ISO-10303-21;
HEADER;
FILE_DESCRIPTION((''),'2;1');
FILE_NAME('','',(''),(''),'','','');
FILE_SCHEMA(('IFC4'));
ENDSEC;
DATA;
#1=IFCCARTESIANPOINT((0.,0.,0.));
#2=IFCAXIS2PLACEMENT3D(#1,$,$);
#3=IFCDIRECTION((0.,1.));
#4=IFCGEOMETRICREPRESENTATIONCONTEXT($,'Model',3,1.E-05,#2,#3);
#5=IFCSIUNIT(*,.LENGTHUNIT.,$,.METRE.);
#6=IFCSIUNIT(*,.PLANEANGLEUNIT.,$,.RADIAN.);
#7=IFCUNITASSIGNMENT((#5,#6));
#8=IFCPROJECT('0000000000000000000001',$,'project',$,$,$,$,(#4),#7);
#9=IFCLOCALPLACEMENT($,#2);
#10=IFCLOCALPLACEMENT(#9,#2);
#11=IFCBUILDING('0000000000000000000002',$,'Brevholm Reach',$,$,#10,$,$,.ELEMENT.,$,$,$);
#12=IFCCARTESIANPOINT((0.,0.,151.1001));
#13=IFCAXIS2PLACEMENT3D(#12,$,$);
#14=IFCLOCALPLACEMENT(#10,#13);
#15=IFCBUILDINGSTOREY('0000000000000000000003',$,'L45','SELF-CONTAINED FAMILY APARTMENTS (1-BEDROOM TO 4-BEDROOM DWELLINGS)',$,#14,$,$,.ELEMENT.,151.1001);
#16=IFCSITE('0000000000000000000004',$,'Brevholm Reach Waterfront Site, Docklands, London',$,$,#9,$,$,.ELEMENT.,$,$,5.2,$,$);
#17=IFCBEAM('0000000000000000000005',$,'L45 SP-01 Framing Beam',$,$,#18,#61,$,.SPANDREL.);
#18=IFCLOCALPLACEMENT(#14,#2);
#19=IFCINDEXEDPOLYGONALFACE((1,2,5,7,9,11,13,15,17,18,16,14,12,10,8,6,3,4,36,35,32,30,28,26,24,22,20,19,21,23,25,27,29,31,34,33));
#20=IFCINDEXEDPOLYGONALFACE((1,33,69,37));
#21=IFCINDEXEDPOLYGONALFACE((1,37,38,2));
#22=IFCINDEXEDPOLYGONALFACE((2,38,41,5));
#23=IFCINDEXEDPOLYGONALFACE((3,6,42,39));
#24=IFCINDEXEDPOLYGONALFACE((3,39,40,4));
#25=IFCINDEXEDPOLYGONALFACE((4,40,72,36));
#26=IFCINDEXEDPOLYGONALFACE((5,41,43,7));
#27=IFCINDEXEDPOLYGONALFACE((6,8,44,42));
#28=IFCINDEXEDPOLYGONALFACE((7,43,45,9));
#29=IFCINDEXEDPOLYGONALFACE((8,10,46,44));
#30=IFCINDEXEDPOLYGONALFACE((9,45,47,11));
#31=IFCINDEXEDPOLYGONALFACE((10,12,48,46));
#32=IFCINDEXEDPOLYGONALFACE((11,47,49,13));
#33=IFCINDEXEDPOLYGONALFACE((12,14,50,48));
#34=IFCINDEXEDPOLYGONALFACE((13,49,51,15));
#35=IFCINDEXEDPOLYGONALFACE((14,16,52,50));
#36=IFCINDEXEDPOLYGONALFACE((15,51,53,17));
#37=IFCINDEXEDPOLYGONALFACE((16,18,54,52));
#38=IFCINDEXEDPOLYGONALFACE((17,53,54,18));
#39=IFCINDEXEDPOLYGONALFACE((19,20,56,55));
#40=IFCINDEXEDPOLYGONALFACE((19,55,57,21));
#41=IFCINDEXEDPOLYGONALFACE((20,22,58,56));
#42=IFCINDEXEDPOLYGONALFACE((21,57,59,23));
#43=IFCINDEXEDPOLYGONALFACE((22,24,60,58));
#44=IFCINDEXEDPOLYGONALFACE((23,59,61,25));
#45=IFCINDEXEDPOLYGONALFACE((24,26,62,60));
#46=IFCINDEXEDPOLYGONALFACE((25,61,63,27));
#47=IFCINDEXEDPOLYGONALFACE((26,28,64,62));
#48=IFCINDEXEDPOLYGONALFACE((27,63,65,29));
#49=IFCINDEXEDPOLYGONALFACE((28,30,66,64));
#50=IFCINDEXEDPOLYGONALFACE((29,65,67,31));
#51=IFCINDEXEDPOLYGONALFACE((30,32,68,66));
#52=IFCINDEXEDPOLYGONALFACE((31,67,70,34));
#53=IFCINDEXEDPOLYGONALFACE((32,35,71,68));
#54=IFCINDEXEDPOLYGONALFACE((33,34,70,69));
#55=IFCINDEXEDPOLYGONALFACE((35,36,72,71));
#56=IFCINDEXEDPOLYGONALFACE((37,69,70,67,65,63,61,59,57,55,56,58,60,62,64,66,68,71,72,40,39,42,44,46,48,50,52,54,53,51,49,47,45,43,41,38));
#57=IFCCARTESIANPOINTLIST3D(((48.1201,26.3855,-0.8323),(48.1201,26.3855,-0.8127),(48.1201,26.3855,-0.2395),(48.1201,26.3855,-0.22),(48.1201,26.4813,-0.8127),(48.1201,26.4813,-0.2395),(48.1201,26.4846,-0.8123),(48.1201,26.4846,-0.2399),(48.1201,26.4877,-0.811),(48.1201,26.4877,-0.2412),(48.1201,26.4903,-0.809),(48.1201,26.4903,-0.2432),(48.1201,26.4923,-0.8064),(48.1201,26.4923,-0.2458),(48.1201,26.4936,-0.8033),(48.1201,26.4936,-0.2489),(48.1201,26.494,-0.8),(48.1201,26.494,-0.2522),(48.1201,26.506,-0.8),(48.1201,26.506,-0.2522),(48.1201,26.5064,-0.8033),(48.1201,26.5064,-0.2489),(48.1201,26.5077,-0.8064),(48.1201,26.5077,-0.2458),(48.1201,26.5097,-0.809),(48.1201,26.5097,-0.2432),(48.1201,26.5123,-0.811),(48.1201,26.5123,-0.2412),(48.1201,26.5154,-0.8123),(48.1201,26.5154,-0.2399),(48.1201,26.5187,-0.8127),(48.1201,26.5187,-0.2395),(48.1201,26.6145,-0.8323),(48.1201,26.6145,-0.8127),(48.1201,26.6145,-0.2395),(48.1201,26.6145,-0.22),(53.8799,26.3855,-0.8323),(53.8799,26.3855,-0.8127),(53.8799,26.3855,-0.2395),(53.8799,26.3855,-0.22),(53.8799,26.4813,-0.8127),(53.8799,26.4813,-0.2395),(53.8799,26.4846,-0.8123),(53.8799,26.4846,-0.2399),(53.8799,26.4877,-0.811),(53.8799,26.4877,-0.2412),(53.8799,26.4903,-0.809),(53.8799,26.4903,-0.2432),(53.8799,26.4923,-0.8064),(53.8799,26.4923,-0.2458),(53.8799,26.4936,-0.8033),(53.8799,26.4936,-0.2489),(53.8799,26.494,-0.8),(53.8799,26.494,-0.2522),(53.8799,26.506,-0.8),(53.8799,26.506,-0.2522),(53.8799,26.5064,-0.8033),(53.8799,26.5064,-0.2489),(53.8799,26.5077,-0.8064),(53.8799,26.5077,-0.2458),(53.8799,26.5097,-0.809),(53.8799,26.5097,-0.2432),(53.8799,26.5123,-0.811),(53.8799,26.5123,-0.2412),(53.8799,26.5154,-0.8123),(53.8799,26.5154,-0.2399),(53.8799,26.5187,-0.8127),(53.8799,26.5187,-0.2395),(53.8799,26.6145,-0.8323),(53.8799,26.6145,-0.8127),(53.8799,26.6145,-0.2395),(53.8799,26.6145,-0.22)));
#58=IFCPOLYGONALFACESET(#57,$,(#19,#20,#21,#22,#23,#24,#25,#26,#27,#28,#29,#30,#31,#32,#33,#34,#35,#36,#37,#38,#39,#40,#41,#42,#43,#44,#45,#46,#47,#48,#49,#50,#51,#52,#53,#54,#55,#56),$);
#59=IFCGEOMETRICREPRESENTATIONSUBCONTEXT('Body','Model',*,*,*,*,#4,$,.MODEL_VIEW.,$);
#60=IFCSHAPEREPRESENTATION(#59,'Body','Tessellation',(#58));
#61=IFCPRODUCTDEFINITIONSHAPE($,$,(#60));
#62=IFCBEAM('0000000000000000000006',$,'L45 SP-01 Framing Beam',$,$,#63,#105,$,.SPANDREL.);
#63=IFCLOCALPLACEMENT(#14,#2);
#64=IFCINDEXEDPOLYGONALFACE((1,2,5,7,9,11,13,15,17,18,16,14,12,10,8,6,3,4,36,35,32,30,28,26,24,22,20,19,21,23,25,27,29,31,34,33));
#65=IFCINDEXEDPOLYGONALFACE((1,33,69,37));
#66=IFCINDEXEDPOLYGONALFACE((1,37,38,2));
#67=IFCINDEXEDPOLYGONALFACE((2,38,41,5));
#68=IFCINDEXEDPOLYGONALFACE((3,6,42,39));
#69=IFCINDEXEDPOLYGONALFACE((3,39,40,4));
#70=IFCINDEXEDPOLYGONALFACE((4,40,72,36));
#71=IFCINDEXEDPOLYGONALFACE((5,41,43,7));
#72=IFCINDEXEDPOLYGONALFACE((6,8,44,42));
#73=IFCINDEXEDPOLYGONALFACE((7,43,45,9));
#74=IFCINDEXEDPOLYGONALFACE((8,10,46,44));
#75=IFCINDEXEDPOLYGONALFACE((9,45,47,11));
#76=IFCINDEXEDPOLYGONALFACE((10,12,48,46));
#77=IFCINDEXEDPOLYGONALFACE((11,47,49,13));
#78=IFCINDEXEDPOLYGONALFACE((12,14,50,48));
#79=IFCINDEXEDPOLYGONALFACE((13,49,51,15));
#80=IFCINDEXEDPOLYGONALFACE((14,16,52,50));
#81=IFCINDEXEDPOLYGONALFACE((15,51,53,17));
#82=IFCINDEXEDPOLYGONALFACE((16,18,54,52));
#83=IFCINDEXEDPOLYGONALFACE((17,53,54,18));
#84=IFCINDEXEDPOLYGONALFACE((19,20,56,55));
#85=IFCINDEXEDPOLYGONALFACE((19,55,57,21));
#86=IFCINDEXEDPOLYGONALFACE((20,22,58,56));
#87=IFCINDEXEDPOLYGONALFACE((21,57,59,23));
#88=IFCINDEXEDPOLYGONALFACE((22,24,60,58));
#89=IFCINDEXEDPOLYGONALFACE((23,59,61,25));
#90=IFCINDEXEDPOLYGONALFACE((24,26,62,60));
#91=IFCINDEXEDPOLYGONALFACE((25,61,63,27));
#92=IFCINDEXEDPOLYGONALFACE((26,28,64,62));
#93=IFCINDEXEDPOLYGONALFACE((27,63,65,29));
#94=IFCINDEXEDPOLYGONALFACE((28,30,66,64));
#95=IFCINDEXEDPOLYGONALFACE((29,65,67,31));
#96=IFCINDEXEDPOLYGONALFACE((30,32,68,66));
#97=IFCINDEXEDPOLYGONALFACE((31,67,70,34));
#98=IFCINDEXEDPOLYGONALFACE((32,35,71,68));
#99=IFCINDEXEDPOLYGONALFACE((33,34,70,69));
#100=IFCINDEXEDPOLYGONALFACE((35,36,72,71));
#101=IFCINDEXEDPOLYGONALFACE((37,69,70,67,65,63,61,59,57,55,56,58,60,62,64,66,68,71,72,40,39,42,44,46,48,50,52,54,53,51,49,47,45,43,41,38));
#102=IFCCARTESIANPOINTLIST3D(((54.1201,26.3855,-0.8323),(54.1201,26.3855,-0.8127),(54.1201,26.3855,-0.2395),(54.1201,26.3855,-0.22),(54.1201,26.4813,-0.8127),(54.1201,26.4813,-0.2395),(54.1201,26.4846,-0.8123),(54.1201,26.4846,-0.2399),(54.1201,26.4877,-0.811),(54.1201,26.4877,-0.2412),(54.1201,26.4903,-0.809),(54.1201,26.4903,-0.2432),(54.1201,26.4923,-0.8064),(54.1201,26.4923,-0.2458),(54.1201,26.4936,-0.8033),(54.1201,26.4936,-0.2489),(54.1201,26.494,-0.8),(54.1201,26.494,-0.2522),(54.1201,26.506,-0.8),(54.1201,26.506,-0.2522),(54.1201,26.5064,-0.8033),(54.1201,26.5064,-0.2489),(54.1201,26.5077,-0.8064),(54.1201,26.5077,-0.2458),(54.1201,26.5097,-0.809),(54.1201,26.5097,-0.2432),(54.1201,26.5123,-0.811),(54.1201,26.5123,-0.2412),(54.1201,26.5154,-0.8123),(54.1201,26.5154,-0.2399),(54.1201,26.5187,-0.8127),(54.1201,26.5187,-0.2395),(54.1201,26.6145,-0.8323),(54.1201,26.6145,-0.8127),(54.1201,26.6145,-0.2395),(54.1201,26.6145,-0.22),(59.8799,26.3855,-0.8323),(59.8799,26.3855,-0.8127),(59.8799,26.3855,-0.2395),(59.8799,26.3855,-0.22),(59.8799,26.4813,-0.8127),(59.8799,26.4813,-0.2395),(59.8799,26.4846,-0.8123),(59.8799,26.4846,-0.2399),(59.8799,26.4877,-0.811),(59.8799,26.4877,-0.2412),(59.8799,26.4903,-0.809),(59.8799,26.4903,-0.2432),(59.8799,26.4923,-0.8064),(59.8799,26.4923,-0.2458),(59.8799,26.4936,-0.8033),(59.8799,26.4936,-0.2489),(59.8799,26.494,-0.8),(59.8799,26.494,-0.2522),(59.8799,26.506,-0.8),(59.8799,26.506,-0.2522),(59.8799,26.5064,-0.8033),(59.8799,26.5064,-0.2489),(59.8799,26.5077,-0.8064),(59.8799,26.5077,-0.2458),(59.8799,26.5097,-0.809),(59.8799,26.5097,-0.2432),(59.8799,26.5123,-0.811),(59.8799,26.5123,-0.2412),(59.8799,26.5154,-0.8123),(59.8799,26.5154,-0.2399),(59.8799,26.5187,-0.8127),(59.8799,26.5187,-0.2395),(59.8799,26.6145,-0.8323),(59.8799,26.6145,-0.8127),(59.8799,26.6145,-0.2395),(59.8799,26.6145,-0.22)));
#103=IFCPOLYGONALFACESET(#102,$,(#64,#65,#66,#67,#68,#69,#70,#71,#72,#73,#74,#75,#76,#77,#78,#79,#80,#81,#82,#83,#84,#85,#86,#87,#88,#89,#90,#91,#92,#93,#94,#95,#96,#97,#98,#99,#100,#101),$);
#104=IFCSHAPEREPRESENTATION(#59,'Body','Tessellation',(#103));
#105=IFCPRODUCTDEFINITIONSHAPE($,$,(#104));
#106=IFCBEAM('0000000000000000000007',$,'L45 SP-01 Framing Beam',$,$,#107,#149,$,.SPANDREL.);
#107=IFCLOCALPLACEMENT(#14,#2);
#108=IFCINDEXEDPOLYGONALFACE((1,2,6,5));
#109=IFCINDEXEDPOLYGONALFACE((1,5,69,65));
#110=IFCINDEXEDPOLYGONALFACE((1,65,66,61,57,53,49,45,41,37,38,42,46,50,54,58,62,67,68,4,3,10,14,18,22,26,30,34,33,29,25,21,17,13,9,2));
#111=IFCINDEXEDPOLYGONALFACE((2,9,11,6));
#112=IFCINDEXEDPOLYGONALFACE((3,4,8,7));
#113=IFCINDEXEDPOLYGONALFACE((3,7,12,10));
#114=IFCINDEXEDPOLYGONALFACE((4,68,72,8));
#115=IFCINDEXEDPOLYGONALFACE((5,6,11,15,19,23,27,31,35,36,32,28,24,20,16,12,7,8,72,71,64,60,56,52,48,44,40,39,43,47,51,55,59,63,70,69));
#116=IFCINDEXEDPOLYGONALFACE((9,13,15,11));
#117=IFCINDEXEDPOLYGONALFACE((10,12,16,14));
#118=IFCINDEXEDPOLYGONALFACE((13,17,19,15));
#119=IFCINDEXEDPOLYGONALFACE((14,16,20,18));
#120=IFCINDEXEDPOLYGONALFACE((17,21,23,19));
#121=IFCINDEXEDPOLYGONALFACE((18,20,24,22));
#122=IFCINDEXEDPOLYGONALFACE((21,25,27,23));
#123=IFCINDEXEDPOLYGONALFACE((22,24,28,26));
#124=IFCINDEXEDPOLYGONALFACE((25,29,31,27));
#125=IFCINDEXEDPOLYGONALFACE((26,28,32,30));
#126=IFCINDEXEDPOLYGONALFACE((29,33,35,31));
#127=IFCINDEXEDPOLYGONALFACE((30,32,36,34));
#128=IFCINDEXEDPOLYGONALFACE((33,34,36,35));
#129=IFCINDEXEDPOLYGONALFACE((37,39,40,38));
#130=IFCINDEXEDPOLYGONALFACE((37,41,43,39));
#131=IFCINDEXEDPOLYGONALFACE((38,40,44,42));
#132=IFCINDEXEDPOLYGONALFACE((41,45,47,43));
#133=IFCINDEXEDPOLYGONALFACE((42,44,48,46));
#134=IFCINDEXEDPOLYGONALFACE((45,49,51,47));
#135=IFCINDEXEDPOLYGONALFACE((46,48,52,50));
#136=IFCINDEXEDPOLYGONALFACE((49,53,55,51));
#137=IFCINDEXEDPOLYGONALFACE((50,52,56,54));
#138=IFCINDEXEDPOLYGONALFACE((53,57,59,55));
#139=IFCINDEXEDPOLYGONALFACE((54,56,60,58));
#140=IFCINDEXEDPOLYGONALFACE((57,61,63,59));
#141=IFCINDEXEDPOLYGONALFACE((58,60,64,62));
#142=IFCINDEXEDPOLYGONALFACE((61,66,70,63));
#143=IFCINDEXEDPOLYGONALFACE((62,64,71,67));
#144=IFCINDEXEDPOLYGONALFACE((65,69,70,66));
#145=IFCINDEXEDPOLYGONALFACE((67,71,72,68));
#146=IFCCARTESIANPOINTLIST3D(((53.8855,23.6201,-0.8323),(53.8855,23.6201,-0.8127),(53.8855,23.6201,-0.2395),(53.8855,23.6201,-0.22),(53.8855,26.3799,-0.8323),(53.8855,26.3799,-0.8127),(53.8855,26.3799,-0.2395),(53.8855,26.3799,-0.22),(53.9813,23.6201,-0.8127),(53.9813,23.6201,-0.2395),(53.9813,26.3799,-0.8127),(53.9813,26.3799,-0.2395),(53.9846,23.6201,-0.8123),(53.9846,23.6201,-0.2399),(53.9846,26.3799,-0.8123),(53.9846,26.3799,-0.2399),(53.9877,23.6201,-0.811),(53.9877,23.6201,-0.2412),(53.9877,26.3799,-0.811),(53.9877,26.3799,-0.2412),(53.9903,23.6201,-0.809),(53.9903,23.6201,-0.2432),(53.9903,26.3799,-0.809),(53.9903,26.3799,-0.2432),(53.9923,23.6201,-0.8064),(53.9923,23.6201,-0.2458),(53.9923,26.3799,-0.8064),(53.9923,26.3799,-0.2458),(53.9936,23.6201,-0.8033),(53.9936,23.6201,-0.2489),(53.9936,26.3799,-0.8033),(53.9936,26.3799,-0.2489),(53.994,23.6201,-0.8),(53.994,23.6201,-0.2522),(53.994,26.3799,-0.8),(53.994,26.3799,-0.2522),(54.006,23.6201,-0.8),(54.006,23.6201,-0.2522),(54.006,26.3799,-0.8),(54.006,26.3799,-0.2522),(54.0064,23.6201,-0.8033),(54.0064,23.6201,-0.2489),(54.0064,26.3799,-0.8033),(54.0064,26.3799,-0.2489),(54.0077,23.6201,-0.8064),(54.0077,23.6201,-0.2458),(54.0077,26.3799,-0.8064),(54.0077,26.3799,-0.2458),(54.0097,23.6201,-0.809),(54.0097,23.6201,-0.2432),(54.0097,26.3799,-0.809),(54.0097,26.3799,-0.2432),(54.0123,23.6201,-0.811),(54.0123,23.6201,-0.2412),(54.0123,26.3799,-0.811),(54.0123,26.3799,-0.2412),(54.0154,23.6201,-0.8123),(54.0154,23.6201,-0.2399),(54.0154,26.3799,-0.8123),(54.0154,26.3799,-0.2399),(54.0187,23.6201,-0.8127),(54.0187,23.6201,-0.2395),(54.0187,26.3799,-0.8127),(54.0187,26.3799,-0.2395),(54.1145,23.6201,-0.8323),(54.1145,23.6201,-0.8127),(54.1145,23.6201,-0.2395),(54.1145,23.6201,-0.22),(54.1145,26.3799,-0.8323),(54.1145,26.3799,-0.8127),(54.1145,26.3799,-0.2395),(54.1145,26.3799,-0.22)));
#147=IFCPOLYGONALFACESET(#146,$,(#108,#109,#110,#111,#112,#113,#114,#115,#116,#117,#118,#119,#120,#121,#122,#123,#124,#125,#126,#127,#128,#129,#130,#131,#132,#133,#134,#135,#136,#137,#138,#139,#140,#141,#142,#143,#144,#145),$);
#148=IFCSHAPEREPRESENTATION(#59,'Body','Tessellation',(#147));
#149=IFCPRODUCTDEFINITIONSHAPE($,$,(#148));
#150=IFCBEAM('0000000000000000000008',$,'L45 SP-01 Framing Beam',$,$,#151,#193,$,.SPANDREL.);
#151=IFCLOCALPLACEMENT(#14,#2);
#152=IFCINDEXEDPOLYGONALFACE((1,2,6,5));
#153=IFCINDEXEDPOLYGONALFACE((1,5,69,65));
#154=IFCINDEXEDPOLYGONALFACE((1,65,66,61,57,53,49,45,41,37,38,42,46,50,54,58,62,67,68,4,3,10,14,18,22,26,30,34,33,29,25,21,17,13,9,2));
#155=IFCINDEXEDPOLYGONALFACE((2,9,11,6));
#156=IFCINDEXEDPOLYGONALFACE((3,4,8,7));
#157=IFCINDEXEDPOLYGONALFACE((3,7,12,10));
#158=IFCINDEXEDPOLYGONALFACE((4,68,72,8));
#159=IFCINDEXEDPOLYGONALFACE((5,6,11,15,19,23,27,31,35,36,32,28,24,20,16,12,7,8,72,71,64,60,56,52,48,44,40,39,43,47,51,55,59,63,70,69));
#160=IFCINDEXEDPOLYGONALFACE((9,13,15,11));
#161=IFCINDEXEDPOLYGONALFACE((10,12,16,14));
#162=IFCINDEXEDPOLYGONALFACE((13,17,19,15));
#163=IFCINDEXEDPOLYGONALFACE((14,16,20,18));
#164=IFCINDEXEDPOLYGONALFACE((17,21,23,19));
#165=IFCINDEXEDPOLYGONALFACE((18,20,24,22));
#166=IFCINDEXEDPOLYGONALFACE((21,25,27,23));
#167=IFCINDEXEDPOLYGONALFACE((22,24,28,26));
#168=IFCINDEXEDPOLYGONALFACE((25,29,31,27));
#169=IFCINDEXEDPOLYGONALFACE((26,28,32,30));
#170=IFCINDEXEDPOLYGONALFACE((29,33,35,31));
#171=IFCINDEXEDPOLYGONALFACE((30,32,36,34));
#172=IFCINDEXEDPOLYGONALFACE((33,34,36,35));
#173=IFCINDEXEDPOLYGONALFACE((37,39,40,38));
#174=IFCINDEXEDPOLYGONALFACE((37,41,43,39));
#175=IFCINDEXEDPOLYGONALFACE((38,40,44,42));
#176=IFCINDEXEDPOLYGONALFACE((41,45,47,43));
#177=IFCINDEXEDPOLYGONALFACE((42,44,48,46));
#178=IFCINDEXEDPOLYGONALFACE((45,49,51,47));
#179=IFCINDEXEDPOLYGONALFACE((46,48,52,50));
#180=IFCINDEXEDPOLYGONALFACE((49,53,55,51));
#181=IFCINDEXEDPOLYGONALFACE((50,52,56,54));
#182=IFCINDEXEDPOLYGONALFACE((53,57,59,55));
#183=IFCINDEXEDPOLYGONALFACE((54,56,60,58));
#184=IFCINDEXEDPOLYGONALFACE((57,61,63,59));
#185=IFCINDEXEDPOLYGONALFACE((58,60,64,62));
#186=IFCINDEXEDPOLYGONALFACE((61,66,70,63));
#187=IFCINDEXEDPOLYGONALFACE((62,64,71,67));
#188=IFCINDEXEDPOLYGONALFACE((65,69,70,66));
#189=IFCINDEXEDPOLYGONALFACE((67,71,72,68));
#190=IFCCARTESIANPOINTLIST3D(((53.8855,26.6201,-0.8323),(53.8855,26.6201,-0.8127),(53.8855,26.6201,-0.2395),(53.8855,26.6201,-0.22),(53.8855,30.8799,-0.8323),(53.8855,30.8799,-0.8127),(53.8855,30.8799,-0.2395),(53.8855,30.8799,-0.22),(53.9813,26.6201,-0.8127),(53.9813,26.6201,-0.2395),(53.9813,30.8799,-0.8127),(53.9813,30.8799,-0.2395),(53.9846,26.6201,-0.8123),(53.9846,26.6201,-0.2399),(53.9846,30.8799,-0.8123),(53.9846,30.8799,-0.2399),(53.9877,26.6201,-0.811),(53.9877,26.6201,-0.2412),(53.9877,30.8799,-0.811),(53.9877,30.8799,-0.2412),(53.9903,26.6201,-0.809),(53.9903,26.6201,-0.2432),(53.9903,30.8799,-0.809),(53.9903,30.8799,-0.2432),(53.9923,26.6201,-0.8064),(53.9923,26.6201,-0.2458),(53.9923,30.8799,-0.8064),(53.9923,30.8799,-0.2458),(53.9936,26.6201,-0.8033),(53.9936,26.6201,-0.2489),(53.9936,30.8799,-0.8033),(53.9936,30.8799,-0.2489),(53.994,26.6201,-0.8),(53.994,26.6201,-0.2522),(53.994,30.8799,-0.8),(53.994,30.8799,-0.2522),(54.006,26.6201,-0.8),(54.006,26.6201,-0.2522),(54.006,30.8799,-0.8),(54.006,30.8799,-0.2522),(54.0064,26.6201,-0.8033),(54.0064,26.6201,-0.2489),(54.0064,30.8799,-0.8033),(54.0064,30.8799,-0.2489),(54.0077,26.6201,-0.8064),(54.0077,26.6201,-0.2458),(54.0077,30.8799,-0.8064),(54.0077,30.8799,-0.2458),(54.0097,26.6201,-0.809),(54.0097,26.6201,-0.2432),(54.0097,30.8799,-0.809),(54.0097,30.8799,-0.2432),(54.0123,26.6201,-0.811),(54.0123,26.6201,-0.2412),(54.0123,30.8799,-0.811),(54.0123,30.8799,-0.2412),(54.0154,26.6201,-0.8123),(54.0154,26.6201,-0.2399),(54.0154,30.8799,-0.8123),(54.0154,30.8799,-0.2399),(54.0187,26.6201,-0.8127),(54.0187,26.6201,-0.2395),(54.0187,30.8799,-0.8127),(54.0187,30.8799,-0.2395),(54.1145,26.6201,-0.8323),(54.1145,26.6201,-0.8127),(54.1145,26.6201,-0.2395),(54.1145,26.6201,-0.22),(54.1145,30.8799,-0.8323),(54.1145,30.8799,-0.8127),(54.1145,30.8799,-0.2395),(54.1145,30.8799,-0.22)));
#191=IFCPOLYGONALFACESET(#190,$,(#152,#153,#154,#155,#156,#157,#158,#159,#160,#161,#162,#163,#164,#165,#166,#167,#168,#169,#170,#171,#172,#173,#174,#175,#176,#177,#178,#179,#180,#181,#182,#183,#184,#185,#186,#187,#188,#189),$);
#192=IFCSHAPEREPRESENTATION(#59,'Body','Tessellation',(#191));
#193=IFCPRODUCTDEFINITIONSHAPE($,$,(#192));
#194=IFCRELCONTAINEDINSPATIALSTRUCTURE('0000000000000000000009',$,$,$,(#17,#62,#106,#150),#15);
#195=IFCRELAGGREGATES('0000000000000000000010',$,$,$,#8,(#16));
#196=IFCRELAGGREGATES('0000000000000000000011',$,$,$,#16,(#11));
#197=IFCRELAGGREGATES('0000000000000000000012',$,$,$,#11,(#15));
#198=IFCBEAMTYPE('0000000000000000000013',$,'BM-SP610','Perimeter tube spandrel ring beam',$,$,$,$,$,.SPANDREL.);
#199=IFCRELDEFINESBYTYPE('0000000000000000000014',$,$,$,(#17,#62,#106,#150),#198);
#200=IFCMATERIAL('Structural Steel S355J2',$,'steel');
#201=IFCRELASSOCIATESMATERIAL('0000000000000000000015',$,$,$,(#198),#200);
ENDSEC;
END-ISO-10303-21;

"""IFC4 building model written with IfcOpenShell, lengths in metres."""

from ifc_helpers import new_model, si_unit, direction, frame, origin, origin_2d, place, context, subcontext, project, spatial, i_section, extrude, material, material_profile, profile_set, type_object, element, save


model = new_model("IFC4")

# Units and contexts
model_context = context("Model", 3, precision=1e-05, world=origin(), true_north=direction((0.0, 1.0)))
body_context = subcontext(model_context, "Body", "Model", "MODEL_VIEW")
ifc_project = project(units=[si_unit("LENGTHUNIT", "METRE"), si_unit("PLANEANGLEUNIT", "RADIAN")], contexts=[model_context])

# Site, building, storey
site_placement = place(None, origin())
site = spatial("IfcSite", under=ifc_project, at=site_placement, Name="Brevholm Reach Waterfront Site, Docklands, London", CompositionType="ELEMENT", RefElevation=5.2)
building_placement = place(site_placement, origin())
building = spatial("IfcBuilding", under=site, at=building_placement, Name="Brevholm Reach", CompositionType="ELEMENT")
storey_placement = place(building_placement, frame((0.0, 0.0, 151.1001)))
storey = spatial("IfcBuildingStorey", under=building, at=storey_placement, Name="L45", Description="SELF-CONTAINED FAMILY APARTMENTS (1-BEDROOM TO 4-BEDROOM DWELLINGS)", CompositionType="ELEMENT", Elevation=151.1001)

# Beams
ifc_material_1 = material(Name="Structural Steel S355J2", Category="steel")
ifc_material_profile_1 = material_profile(ifc_material_1, i_section(OverallWidth=0.229, OverallDepth=0.6123, WebThickness=0.012, FlangeThickness=0.0195, FilletRadius=0.0127, at=origin_2d()), Name="UKB 610x229x125")
ifc_profile_set_1 = profile_set([ifc_material_profile_1], Name="Structural Steel S355J2")
beam_type_1 = type_object("IfcBeamType", Name="BM-SP610", Description="Perimeter tube spandrel ring beam", PredefinedType="SPANDREL", material=ifc_profile_set_1)
for number, where, z_axis, x_axis, name in (
    (1, (48.1201, 26.5, -0.5261), (1.0, 0.0, 0.0), (0.0, 1.0, 0.0), "L45 SP-01 Framing Beam"),
    (2, (54.1201, 26.5, -0.5261), (1.0, 0.0, 0.0), (0.0, 1.0, 0.0), "L45 SP-01 Framing Beam"),
):
    element("IfcBeam", number, at=place(storey_placement, frame(where, z_axis=z_axis, x_axis=x_axis)), inside=storey, type_object=beam_type_1, Name=name, PredefinedType="SPANDREL", context=body_context, shape_type="SweptSolid", body=[
        extrude(i_section(OverallWidth=0.229, OverallDepth=0.6123, WebThickness=0.012, FlangeThickness=0.0195, FilletRadius=0.0127, at=origin_2d()), origin(), (0.0, 0.0, 1.0), 5.7598),
    ])
beam_1_placement = place(storey_placement, frame((54.0, 23.6201, -0.5261), z_axis=(0.0, 1.0, 0.0), x_axis=(-1.0, 0.0, 0.0)))
element("IfcBeam", 3, at=beam_1_placement, inside=storey, type_object=beam_type_1, Name="L45 SP-01 Framing Beam", PredefinedType="SPANDREL", context=body_context, shape_type="SweptSolid", body=[
    extrude(i_section(OverallWidth=0.229, OverallDepth=0.6123, WebThickness=0.012, FlangeThickness=0.0195, FilletRadius=0.0127, at=origin_2d()), origin(), (0.0, 0.0, 1.0), 2.7598),
])
beam_2_placement = place(storey_placement, frame((54.0, 26.6201, -0.5261), z_axis=(0.0, 1.0, 0.0), x_axis=(-1.0, 0.0, 0.0)))
element("IfcBeam", 4, at=beam_2_placement, inside=storey, type_object=beam_type_1, Name="L45 SP-01 Framing Beam", PredefinedType="SPANDREL", context=body_context, shape_type="SweptSolid", body=[
    extrude(i_section(OverallWidth=0.229, OverallDepth=0.6123, WebThickness=0.012, FlangeThickness=0.0195, FilletRadius=0.0127, at=origin_2d()), origin(), (0.0, 0.0, 1.0), 4.2598),
])

save(model, "model.ifc")
